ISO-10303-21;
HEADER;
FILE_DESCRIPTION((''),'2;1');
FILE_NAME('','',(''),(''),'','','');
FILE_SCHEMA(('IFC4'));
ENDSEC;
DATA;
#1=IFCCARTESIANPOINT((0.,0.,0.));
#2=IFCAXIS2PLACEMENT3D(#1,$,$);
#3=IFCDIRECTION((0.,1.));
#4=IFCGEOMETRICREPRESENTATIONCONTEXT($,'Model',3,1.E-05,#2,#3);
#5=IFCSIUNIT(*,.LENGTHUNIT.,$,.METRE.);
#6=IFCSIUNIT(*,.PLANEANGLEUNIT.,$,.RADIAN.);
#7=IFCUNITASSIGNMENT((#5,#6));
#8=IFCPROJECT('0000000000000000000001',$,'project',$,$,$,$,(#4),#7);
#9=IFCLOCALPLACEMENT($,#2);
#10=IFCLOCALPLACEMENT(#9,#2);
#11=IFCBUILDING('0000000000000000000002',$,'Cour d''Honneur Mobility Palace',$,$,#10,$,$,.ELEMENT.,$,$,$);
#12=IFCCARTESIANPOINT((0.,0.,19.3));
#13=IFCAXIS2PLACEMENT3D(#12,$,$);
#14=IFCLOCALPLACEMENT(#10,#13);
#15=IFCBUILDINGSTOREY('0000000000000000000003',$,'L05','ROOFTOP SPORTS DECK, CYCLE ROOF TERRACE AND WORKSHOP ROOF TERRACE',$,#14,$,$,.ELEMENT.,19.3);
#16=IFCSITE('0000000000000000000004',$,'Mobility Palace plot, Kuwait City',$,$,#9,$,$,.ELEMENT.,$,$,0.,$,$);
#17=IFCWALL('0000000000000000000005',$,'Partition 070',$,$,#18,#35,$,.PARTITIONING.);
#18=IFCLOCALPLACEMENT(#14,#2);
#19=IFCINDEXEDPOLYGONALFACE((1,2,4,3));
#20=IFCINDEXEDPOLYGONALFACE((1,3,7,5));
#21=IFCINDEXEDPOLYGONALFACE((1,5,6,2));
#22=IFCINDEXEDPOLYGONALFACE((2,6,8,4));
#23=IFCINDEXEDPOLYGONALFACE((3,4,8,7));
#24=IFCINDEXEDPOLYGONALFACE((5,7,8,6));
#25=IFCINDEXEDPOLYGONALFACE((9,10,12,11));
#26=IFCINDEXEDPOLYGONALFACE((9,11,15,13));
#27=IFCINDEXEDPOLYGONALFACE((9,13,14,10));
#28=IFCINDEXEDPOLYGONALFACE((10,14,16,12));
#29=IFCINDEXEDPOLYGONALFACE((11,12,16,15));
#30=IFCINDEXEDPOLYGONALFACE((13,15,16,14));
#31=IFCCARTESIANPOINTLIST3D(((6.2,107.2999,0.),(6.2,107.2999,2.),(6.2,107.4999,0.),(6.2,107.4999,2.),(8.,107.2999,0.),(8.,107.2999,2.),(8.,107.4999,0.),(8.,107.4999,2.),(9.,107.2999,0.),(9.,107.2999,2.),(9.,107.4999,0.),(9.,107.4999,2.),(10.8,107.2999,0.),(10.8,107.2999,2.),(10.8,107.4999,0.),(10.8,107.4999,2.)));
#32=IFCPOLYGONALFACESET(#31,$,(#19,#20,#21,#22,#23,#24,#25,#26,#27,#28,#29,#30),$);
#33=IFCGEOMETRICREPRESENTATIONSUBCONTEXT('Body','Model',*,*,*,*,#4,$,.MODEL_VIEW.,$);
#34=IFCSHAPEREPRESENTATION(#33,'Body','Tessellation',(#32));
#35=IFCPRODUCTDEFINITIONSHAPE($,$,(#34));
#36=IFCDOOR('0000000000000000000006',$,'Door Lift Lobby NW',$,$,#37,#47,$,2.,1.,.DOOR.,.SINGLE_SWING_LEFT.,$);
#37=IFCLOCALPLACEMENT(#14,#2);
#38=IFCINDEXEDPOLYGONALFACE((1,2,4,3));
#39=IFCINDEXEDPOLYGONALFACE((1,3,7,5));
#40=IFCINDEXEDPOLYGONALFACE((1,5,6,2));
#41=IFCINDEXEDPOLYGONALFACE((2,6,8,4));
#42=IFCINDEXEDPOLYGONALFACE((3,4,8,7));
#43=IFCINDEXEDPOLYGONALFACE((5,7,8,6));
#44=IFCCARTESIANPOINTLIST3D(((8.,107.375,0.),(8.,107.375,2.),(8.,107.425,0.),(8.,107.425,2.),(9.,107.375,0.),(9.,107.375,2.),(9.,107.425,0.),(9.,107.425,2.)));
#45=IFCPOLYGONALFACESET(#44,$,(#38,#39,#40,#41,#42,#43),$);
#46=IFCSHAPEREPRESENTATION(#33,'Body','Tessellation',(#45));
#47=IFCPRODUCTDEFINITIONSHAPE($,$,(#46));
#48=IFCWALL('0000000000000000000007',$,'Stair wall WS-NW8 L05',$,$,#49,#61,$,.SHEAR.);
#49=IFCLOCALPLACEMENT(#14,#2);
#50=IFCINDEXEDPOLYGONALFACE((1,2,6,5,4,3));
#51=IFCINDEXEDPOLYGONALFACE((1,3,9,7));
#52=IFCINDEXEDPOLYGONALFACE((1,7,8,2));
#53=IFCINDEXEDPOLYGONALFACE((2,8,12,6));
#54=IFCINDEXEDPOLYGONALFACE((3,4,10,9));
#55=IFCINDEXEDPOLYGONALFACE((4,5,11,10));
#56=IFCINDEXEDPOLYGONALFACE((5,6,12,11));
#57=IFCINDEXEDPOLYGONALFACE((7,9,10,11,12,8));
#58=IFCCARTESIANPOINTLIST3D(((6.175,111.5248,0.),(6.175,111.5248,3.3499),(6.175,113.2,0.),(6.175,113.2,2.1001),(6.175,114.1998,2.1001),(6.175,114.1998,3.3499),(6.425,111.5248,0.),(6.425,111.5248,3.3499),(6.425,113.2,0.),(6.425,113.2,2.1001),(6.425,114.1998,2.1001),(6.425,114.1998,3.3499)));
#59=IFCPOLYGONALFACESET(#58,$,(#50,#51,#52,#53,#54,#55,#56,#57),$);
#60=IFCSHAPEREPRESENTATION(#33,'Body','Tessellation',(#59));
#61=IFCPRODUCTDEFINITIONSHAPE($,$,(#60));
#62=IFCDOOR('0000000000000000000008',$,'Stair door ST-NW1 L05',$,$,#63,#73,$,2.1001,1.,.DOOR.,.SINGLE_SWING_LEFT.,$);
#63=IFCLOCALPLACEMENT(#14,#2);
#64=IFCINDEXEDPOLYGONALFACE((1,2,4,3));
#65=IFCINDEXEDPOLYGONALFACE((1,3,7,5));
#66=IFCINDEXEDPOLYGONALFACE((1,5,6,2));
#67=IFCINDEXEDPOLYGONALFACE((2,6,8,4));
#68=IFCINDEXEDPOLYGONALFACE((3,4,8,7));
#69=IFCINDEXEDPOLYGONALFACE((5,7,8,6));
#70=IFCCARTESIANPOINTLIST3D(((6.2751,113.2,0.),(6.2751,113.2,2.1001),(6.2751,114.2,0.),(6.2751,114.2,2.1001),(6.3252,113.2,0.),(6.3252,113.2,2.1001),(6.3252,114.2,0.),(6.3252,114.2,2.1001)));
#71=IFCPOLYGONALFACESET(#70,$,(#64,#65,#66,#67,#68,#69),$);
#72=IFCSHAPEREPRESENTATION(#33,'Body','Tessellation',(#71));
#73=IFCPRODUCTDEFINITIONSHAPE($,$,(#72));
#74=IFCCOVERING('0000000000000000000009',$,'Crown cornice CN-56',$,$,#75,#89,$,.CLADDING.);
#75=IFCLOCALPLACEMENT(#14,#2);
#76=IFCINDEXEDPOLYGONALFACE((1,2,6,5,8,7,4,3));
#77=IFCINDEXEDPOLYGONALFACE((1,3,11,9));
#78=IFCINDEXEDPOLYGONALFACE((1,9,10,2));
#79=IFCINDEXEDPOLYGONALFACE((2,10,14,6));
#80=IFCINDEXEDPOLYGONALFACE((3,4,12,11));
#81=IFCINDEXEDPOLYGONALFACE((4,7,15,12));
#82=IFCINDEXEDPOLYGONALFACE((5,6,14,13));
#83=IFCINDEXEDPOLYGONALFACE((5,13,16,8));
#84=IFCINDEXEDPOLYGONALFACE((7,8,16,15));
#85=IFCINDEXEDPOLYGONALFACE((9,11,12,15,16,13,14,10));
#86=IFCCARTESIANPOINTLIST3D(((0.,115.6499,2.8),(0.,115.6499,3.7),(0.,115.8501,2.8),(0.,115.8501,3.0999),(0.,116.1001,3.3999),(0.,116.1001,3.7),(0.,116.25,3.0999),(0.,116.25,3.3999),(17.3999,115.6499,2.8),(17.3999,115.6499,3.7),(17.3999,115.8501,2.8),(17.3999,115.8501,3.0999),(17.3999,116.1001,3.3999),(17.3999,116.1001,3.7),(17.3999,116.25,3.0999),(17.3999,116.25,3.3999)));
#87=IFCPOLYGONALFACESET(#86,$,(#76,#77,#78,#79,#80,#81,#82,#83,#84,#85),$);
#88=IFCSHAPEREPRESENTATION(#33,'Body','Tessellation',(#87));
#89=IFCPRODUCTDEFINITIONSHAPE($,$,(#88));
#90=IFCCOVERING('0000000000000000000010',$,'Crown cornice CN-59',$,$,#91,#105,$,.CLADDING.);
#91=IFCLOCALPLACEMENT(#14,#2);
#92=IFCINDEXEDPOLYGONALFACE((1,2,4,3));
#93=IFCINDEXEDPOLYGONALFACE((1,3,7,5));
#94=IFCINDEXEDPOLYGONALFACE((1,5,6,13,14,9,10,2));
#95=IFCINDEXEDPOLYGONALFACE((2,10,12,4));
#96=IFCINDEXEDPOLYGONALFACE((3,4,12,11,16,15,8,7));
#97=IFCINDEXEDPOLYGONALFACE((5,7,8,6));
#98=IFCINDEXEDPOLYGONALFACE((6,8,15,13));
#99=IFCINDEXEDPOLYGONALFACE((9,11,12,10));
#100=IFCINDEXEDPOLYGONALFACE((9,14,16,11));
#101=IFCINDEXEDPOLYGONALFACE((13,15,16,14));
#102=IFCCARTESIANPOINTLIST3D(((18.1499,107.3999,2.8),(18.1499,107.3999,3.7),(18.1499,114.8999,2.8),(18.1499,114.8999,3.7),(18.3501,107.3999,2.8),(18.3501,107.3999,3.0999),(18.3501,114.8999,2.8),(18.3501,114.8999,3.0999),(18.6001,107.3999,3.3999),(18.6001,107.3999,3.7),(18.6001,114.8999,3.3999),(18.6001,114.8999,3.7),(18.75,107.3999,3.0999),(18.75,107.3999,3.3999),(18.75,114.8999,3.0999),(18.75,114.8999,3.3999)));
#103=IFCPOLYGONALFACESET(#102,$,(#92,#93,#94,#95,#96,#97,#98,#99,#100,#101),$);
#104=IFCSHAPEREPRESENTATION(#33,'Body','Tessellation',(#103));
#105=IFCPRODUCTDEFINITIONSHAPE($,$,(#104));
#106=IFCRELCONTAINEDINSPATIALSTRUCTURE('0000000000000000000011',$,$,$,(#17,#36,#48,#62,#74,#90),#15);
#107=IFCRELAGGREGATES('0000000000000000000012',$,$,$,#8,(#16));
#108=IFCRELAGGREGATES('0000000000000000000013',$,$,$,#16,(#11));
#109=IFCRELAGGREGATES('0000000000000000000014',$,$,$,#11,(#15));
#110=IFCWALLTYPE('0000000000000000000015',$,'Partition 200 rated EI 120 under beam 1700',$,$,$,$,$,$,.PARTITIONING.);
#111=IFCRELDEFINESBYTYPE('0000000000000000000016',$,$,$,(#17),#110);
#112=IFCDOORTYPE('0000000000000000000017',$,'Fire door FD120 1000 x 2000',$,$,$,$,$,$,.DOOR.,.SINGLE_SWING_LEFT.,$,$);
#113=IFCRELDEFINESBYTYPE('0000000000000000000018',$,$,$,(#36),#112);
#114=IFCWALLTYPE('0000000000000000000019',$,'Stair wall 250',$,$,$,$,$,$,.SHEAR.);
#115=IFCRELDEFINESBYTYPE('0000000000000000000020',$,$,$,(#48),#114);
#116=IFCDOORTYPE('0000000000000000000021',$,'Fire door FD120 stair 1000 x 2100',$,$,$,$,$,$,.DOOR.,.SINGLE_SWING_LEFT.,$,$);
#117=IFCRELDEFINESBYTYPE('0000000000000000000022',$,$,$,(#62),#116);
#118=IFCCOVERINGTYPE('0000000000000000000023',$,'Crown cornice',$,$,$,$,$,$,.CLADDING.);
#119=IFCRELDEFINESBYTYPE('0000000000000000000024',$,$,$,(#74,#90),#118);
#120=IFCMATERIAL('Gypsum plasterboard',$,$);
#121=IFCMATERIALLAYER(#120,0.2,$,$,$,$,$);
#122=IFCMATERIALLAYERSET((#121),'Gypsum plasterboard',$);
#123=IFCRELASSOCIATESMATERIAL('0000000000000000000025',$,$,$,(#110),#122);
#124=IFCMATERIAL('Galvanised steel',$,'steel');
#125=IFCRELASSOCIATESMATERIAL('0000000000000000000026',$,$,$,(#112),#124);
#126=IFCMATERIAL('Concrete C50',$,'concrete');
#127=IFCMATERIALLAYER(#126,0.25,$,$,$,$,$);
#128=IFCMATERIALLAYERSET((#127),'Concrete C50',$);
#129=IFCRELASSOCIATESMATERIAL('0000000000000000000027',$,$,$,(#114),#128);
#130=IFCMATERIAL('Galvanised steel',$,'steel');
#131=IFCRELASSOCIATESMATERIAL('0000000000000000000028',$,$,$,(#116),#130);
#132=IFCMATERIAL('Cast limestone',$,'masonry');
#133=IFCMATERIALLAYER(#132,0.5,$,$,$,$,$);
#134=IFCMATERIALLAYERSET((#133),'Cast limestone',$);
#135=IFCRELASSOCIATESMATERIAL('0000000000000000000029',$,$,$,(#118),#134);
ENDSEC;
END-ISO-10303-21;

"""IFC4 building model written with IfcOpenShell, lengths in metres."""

from ifc_helpers import new_model, si_unit, direction, frame, frame_2d, origin, place, context, subcontext, project, spatial, polyline, rectangle, outline, extrude, material, layer, layer_set, type_object, element, fill, save


model = new_model("IFC4")

# Units and contexts
model_context = context("Model", 3, precision=1e-05, world=origin(), true_north=direction((0.0, 1.0)))
body_context = subcontext(model_context, "Body", "Model", "MODEL_VIEW")
ifc_project = project(units=[si_unit("LENGTHUNIT", "METRE"), si_unit("PLANEANGLEUNIT", "RADIAN")], contexts=[model_context])

# Site, building, storey
site_placement = place(None, origin())
site = spatial("IfcSite", under=ifc_project, at=site_placement, Name="Mobility Palace plot, Kuwait City", CompositionType="ELEMENT", RefElevation=0.0)
building_placement = place(site_placement, origin())
building = spatial("IfcBuilding", under=site, at=building_placement, Name="Cour d'Honneur Mobility Palace", CompositionType="ELEMENT")
storey_placement = place(building_placement, frame((0.0, 0.0, 19.3)))
storey = spatial("IfcBuildingStorey", under=building, at=storey_placement, Name="L05", Description="ROOFTOP SPORTS DECK, CYCLE ROOF TERRACE AND WORKSHOP ROOF TERRACE", CompositionType="ELEMENT", Elevation=19.3)

# Walls, openings, doors
ifc_material_1 = material(Name="Gypsum plasterboard")
ifc_layer_1 = layer(ifc_material_1, 0.2)
ifc_layer_set_1 = layer_set([ifc_layer_1], Name="Gypsum plasterboard")
wall_type_1 = type_object("IfcWallType", Name="Partition 200 rated EI 120 under beam 1700", PredefinedType="PARTITIONING", material=ifc_layer_set_1)
wall_1_placement = place(storey_placement, frame((6.2, 107.3999, 0.0), z_axis=(0.0, 0.0, 1.0), x_axis=(1.0, 0.0, 0.0)))
wall_1 = element("IfcWall", 1, at=wall_1_placement, inside=storey, type_object=wall_type_1, Name="Partition 070", PredefinedType="PARTITIONING", context=body_context, shape_type="SweptSolid", body=[
    extrude(rectangle(XDim=4.6001, YDim=0.2, at=frame_2d((2.3, 0.0))), origin(), (0.0, 0.0, 1.0), 2.0),
])
opening_1_placement = place(wall_1_placement, frame((1.8, 0.0, 0.0)))
opening_1 = element("IfcOpeningElement", 2, at=opening_1_placement, cuts=wall_1, PredefinedType="OPENING", context=body_context, shape_type="SweptSolid", body=[
    extrude(rectangle(XDim=1.0, YDim=2.0, at=frame_2d((0.5, 1.0))), frame((0.0, 0.1099, 0.0), z_axis=(0.0, -1.0, 0.0), x_axis=(1.0, 0.0, 0.0)), (0.0, 0.0, 1.0), 0.22),
])
ifc_material_2 = material(Name="Galvanised steel", Category="steel")
door_type_1 = type_object("IfcDoorType", Name="Fire door FD120 1000 x 2000", OperationType="SINGLE_SWING_LEFT", PredefinedType="DOOR", material=ifc_material_2)
door_1_placement = place(opening_1_placement, frame((1.0, 0.0, 0.0), z_axis=(0.0, 0.0, 1.0), x_axis=(-1.0, 0.0, 0.0)))
door_1 = element("IfcDoor", 3, at=door_1_placement, inside=storey, type_object=door_type_1, Name="Door Lift Lobby NW", OperationType="SINGLE_SWING_LEFT", OverallHeight=2.0, OverallWidth=1.0, PredefinedType="DOOR", context=body_context, shape_type="SweptSolid", body=[
    extrude(rectangle(XDim=1.0, YDim=2.0, at=frame_2d((0.5, 1.0))), frame((0.0, 0.0249, 0.0), z_axis=(0.0, -1.0, 0.0), x_axis=(1.0, 0.0, 0.0)), (0.0, 0.0, 1.0), 0.05),
])
fill(opening_1, door_1)
ifc_material_3 = material(Name="Concrete C50", Category="concrete")
ifc_layer_2 = layer(ifc_material_3, 0.25)
ifc_layer_set_2 = layer_set([ifc_layer_2], Name="Concrete C50")
wall_type_2 = type_object("IfcWallType", Name="Stair wall 250", PredefinedType="SHEAR", material=ifc_layer_set_2)
wall_2_placement = place(storey_placement, frame((6.3, 111.5249, 0.0), z_axis=(0.0, 0.0, 1.0), x_axis=(0.0, 1.0, 0.0)))
wall_2 = element("IfcWall", 4, at=wall_2_placement, inside=storey, type_object=wall_type_2, Name="Stair wall WS-NW8 L05", PredefinedType="SHEAR", context=body_context, shape_type="SweptSolid", body=[
    extrude(rectangle(XDim=2.675, YDim=0.25, at=frame_2d((1.3374, 0.0))), origin(), (0.0, 0.0, 1.0), 3.3499),
])
opening_2_placement = place(wall_2_placement, frame((1.675, 0.0, 0.0)))
opening_2 = element("IfcOpeningElement", 5, at=opening_2_placement, cuts=wall_2, PredefinedType="OPENING", context=body_context, shape_type="SweptSolid", body=[
    extrude(rectangle(XDim=1.0, YDim=2.1001, at=frame_2d((0.5, 1.05))), frame((0.0, 0.135, 0.0), z_axis=(0.0, -1.0, 0.0), x_axis=(1.0, 0.0, 0.0)), (0.0, 0.0, 1.0), 0.27),
])
ifc_material_4 = material(Name="Galvanised steel", Category="steel")
door_type_2 = type_object("IfcDoorType", Name="Fire door FD120 stair 1000 x 2100", OperationType="SINGLE_SWING_LEFT", PredefinedType="DOOR", material=ifc_material_4)
door_2_placement = place(opening_2_placement, origin())
door_2 = element("IfcDoor", 6, at=door_2_placement, inside=storey, type_object=door_type_2, Name="Stair door ST-NW1 L05", OperationType="SINGLE_SWING_LEFT", OverallHeight=2.1001, OverallWidth=1.0, PredefinedType="DOOR", context=body_context, shape_type="SweptSolid", body=[
    extrude(rectangle(XDim=1.0, YDim=2.1001, at=frame_2d((0.5, 1.05))), frame((0.0, 0.0249, 0.0), z_axis=(0.0, -1.0, 0.0), x_axis=(1.0, 0.0, 0.0)), (0.0, 0.0, 1.0), 0.05),
])
fill(opening_2, door_2)

# Coverings
ifc_material_5 = material(Name="Cast limestone", Category="masonry")
ifc_layer_3 = layer(ifc_material_5, 0.5)
ifc_layer_set_3 = layer_set([ifc_layer_3], Name="Cast limestone")
covering_type = type_object("IfcCoveringType", Name="Crown cornice", PredefinedType="CLADDING", material=ifc_layer_set_3)
covering_1_placement = place(storey_placement, frame((17.3999, 115.6499, 2.8), z_axis=(1.0, 0.0, 0.0), x_axis=(0.0, 1.0, 0.0)))
element("IfcCovering", 7, at=covering_1_placement, inside=storey, type_object=covering_type, Name="Crown cornice CN-56", PredefinedType="CLADDING", context=body_context, shape_type="SweptSolid", body=[
    extrude(outline(polyline([(0.0, 0.0), (0.2002, 0.0), (0.2002, 0.2998), (0.6001, 0.2998), (0.6001, 0.5999), (0.4502, 0.5999), (0.4502, 0.8999), (0.0, 0.8999), (0.0, 0.0)])), origin(), (0.0, 0.0, -1.0), 17.3999),
])
covering_2_placement = place(storey_placement, frame((18.1499, 107.3999, 2.8), z_axis=(0.0, -1.0, 0.0), x_axis=(1.0, 0.0, 0.0)))
element("IfcCovering", 8, at=covering_2_placement, inside=storey, type_object=covering_type, Name="Crown cornice CN-59", PredefinedType="CLADDING", context=body_context, shape_type="SweptSolid", body=[
    extrude(outline(polyline([(0.0, 0.0), (0.2002, 0.0), (0.2002, 0.2998), (0.6001, 0.2998), (0.6001, 0.5999), (0.4502, 0.5999), (0.4502, 0.8999), (0.0, 0.8999), (0.0, 0.0)])), origin(), (0.0, 0.0, -1.0), 7.5),
])

save(model, "model.ifc")
